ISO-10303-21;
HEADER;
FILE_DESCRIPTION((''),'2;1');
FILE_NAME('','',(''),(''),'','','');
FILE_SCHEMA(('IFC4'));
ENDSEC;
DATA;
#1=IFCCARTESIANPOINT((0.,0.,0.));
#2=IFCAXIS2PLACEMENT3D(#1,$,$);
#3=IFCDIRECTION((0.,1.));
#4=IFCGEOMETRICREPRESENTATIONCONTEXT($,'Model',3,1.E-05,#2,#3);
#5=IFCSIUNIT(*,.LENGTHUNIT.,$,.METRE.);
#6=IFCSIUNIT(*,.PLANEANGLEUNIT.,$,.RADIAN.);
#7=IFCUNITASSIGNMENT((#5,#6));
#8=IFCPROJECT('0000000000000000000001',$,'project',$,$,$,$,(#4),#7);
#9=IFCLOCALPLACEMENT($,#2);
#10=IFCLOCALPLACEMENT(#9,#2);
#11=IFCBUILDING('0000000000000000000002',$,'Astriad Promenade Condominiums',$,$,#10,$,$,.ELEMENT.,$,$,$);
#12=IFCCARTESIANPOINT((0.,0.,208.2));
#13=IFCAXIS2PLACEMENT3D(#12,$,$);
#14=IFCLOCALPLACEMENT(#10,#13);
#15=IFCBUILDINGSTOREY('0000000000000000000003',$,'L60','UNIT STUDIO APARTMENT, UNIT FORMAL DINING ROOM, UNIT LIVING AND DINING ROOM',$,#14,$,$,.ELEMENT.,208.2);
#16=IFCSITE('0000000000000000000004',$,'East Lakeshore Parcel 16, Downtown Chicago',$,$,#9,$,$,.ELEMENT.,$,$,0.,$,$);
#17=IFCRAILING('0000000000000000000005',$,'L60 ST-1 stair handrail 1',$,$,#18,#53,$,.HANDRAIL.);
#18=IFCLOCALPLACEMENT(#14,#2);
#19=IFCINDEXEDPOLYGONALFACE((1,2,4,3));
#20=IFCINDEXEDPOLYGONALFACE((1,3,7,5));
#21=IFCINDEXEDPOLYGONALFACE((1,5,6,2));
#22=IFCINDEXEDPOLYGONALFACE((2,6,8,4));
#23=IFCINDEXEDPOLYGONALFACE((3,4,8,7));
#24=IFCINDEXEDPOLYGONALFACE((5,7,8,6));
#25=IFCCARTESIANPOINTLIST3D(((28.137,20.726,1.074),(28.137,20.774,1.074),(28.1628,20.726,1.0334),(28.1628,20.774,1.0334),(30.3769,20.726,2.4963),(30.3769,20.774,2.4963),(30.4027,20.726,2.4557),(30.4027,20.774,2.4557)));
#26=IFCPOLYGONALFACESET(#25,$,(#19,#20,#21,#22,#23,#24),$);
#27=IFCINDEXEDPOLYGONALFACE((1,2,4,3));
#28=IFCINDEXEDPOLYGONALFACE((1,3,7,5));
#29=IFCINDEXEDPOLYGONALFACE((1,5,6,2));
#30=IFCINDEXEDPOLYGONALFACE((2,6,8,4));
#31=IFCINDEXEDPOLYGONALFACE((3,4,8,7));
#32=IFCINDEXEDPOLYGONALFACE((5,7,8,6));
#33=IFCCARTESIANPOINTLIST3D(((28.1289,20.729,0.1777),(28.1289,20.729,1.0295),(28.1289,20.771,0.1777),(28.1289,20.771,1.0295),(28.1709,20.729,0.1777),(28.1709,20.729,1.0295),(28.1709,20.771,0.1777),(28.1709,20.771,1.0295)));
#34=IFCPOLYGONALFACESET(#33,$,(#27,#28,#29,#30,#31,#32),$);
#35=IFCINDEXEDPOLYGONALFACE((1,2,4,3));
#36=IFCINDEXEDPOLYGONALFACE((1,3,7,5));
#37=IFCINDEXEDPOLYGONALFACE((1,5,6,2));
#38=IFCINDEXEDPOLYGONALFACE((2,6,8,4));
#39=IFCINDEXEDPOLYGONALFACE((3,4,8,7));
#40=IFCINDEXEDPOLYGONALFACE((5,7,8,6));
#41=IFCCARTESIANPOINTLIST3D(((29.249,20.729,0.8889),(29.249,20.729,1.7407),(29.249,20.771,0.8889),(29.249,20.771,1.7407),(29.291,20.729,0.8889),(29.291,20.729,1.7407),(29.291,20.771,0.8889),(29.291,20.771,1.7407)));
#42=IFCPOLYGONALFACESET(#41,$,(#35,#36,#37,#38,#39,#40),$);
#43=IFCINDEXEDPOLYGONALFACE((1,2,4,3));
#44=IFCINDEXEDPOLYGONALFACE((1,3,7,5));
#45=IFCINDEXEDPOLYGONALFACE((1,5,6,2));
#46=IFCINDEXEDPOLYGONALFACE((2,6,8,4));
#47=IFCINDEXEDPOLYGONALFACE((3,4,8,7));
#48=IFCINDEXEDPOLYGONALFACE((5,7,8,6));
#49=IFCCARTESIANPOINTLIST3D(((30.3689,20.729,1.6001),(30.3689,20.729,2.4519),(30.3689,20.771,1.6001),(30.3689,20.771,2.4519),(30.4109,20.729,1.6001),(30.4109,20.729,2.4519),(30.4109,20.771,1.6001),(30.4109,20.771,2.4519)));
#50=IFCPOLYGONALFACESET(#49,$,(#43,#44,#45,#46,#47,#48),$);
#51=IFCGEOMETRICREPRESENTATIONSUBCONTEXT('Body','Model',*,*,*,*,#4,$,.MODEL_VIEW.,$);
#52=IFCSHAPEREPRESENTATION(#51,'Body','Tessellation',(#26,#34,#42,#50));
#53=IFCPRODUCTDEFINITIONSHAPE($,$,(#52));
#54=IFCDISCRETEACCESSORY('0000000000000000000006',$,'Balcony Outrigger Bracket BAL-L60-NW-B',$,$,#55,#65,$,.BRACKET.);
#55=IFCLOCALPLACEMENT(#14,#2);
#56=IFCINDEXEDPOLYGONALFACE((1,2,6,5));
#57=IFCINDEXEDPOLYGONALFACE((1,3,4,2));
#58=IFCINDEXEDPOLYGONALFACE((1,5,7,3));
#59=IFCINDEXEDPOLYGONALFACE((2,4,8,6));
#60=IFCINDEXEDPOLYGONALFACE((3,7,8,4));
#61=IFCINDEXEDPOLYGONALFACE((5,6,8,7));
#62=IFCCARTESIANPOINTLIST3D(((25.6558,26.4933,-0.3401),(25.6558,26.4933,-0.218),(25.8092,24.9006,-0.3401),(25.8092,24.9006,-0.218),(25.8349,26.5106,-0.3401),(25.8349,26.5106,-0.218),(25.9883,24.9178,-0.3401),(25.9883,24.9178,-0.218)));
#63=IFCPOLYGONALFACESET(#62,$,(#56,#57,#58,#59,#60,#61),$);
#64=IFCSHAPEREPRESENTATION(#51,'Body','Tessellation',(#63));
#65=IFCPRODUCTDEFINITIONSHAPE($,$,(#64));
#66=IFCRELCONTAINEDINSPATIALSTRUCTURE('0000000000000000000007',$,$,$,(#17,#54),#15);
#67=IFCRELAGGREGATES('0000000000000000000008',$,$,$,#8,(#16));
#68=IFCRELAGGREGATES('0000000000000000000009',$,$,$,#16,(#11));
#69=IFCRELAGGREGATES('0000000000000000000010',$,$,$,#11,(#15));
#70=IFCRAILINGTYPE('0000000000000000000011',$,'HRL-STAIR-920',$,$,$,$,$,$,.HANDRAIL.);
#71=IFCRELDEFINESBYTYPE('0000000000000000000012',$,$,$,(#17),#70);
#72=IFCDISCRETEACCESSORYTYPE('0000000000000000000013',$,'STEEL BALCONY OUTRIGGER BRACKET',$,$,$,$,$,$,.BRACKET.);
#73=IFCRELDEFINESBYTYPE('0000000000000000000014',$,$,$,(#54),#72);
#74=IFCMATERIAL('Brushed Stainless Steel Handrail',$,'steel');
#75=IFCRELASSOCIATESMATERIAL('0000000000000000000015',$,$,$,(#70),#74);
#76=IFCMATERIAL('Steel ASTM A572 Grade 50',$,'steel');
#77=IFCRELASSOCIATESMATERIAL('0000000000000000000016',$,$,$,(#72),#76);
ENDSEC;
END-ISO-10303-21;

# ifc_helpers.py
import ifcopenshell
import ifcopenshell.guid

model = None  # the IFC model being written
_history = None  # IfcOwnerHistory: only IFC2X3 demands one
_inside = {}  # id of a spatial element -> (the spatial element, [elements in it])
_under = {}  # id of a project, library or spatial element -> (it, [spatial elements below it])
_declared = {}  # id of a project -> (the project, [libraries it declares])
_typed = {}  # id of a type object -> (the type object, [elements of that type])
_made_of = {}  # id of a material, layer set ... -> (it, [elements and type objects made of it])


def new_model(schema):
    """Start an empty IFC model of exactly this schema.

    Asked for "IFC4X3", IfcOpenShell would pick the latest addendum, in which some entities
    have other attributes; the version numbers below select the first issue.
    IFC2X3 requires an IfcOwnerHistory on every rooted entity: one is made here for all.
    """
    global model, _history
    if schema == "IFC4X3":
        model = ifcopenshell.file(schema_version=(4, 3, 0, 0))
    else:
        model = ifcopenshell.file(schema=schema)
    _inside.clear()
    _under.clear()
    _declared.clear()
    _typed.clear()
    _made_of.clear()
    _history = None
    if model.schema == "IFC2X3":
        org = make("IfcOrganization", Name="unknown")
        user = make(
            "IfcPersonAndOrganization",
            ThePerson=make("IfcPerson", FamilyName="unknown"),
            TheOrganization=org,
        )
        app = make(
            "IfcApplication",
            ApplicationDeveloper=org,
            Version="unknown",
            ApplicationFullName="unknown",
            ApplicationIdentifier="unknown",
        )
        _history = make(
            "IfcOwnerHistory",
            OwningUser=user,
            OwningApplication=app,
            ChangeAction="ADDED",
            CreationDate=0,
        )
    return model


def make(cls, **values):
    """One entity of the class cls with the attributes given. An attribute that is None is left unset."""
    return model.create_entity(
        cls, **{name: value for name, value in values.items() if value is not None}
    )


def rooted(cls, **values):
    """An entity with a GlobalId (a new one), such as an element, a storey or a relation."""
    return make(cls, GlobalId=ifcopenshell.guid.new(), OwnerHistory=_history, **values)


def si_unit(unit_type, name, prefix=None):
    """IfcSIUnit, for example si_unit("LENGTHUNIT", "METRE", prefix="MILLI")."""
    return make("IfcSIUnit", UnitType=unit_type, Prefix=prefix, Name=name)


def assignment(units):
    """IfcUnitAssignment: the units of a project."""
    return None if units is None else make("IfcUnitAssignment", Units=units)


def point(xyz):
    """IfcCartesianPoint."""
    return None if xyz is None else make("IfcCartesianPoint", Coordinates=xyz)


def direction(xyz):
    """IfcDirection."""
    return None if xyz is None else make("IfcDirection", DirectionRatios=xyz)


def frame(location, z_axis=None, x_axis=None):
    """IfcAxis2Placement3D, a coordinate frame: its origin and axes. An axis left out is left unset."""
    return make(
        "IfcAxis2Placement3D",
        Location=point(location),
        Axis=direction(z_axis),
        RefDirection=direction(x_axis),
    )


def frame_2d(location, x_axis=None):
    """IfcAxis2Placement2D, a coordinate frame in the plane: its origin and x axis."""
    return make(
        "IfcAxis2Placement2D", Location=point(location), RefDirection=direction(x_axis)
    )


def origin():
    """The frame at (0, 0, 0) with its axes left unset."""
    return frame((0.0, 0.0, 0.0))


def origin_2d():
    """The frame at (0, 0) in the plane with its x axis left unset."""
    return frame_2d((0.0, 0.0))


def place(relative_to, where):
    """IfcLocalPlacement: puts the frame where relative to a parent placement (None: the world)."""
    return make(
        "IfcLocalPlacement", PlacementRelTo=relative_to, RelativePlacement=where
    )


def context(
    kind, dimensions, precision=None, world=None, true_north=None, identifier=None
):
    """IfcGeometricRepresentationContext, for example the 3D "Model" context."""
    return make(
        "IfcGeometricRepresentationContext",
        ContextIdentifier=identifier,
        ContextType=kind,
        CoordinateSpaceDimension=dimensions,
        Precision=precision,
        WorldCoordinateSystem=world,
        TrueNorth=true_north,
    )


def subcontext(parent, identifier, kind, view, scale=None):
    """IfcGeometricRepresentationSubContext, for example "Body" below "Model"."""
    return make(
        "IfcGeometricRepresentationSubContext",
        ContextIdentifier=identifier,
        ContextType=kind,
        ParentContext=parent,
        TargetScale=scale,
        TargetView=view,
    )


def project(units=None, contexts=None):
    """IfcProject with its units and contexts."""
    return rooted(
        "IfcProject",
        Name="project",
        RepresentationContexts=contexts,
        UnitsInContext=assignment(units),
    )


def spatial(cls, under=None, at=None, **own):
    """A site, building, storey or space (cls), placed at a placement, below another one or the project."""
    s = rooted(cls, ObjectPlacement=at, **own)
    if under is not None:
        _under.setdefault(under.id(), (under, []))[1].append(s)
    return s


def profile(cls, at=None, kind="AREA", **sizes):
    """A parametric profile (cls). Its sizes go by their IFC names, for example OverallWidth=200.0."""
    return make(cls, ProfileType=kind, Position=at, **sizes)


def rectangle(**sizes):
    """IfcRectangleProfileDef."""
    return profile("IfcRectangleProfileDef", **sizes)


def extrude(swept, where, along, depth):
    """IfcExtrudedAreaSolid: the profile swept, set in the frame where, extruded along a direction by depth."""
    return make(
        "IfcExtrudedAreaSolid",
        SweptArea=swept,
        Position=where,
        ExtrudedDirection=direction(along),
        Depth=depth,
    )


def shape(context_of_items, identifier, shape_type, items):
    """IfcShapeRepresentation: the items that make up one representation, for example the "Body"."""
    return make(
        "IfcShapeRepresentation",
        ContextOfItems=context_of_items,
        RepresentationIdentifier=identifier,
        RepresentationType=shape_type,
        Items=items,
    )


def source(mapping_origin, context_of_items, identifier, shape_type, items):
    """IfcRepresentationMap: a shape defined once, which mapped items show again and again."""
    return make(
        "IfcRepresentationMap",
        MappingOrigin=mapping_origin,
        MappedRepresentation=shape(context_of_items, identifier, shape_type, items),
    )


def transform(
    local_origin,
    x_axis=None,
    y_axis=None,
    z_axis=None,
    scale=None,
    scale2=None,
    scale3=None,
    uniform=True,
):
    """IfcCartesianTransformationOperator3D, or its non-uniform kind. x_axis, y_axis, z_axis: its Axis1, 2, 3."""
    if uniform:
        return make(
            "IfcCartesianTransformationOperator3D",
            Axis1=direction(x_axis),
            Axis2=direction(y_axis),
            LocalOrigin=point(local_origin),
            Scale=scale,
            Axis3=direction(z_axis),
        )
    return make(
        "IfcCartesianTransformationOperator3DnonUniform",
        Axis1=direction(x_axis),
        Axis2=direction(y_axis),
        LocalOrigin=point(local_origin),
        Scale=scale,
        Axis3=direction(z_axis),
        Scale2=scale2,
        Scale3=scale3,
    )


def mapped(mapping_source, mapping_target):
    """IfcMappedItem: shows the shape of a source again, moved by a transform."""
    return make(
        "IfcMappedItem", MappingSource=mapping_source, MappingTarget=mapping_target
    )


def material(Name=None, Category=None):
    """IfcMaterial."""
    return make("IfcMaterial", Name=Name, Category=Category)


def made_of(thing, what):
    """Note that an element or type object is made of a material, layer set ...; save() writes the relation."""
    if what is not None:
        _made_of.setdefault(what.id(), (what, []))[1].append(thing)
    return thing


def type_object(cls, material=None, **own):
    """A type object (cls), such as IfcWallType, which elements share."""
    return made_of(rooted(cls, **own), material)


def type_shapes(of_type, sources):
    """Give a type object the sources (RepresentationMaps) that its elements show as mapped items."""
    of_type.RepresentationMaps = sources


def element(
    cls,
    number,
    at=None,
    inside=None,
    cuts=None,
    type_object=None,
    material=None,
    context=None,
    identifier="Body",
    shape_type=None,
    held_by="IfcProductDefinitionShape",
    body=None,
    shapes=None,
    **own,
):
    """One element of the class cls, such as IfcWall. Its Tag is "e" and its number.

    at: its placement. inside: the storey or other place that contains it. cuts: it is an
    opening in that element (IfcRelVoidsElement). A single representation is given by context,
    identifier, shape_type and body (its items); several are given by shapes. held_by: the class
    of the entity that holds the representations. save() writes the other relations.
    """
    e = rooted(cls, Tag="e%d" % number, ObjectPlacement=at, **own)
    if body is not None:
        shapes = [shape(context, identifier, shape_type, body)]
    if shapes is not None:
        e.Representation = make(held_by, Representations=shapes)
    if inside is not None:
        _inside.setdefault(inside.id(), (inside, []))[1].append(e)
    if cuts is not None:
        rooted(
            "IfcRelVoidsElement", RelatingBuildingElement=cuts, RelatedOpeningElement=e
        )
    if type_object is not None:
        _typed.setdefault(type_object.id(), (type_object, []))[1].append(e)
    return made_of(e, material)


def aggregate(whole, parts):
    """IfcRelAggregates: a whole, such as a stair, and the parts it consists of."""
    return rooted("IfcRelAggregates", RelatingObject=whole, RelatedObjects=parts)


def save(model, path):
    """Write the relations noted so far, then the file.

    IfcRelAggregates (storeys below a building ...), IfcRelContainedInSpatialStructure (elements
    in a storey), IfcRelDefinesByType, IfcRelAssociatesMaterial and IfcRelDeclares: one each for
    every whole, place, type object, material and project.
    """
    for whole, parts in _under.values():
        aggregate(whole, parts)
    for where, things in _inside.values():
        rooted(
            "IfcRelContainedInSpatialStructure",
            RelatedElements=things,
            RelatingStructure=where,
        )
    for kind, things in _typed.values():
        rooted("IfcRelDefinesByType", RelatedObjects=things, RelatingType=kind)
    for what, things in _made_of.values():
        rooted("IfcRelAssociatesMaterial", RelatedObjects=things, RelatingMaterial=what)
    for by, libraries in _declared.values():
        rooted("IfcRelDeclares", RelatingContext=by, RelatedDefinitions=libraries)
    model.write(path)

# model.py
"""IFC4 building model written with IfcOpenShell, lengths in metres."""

from ifc_helpers import new_model, si_unit, direction, frame, origin, origin_2d, place, context, subcontext, project, spatial, rectangle, extrude, source, transform, mapped, material, type_object, type_shapes, element, save


model = new_model("IFC4")

# Units and contexts
model_context = context("Model", 3, precision=1e-05, world=origin(), true_north=direction((0.0, 1.0)))
body_context = subcontext(model_context, "Body", "Model", "MODEL_VIEW")
ifc_project = project(units=[si_unit("LENGTHUNIT", "METRE"), si_unit("PLANEANGLEUNIT", "RADIAN")], contexts=[model_context])

# Site, building, storey
site_placement = place(None, origin())
site = spatial("IfcSite", under=ifc_project, at=site_placement, Name="East Lakeshore Parcel 16, Downtown Chicago", CompositionType="ELEMENT", RefElevation=0.0)
building_placement = place(site_placement, origin())
building = spatial("IfcBuilding", under=site, at=building_placement, Name="Astriad Promenade Condominiums", CompositionType="ELEMENT")
storey_placement = place(building_placement, frame((0.0, 0.0, 208.2)))
storey = spatial("IfcBuildingStorey", under=building, at=storey_placement, Name="L60", Description="UNIT STUDIO APARTMENT, UNIT FORMAL DINING ROOM, UNIT LIVING AND DINING ROOM", CompositionType="ELEMENT", Elevation=208.2)

# Railing
ifc_material_1 = material(Name="Brushed Stainless Steel Handrail", Category="steel")
railing_type_1 = type_object("IfcRailingType", Name="HRL-STAIR-920", PredefinedType="HANDRAIL", material=ifc_material_1)
shared_shape_1 = source(origin(), body_context, "Body", "SweptSolid", [
    extrude(rectangle(XDim=0.0481, YDim=0.0481, at=origin_2d()), frame((0.0, 0.0, 0.876), z_axis=(0.844188, 0.0, 0.536048), x_axis=(0.0, 1.0, 0.0)), (0.0, 0.0, 1.0), 2.6533),
    extrude(rectangle(XDim=0.042, YDim=0.042, at=origin_2d()), origin(), (0.0, 0.0, 1.0), 0.8518),
    extrude(rectangle(XDim=0.042, YDim=0.042, at=origin_2d()), frame((1.1201, 0.0, 0.7112)), (0.0, 0.0, 1.0), 0.8518),
    extrude(rectangle(XDim=0.042, YDim=0.042, at=origin_2d()), frame((2.24, 0.0, 1.4224)), (0.0, 0.0, 1.0), 0.8518),
])
type_shapes(railing_type_1, [shared_shape_1])
railing_1_placement = place(storey_placement, frame((28.1499, 20.75, 0.1777)))
element("IfcRailing", 1, at=railing_1_placement, inside=storey, type_object=railing_type_1, Name="L60 ST-1 stair handrail 1", PredefinedType="HANDRAIL", context=body_context, shape_type="MappedRepresentation", body=[
    mapped(shared_shape_1, transform((0.0, 0.0, 0.0), scale=1.0)),
])

# Discrete accessory
ifc_material_2 = material(Name="Steel ASTM A572 Grade 50", Category="steel")
discrete_accessory_type = type_object("IfcDiscreteAccessoryType", Name="STEEL BALCONY OUTRIGGER BRACKET", PredefinedType="BRACKET", material=ifc_material_2)
shared_shape_2 = source(origin(), body_context, "Body", "SweptSolid", [
    extrude(rectangle(XDim=1.6001, YDim=0.1799, at=origin_2d()), origin(), (0.0, 0.0, 1.0), 0.1221),
])
type_shapes(discrete_accessory_type, [shared_shape_2])
discrete_accessory_placement = place(storey_placement, frame((25.822, 25.7056, -0.3401), z_axis=(0.0, 0.0, 1.0), x_axis=(-0.095846, 0.995396, 0.0)))
element("IfcDiscreteAccessory", 2, at=discrete_accessory_placement, inside=storey, type_object=discrete_accessory_type, Name="Balcony Outrigger Bracket BAL-L60-NW-B", PredefinedType="BRACKET", context=body_context, shape_type="MappedRepresentation", body=[
    mapped(shared_shape_2, transform((0.0, 0.0, 0.0), scale=1.0)),
])

save(model, "model.ifc")
